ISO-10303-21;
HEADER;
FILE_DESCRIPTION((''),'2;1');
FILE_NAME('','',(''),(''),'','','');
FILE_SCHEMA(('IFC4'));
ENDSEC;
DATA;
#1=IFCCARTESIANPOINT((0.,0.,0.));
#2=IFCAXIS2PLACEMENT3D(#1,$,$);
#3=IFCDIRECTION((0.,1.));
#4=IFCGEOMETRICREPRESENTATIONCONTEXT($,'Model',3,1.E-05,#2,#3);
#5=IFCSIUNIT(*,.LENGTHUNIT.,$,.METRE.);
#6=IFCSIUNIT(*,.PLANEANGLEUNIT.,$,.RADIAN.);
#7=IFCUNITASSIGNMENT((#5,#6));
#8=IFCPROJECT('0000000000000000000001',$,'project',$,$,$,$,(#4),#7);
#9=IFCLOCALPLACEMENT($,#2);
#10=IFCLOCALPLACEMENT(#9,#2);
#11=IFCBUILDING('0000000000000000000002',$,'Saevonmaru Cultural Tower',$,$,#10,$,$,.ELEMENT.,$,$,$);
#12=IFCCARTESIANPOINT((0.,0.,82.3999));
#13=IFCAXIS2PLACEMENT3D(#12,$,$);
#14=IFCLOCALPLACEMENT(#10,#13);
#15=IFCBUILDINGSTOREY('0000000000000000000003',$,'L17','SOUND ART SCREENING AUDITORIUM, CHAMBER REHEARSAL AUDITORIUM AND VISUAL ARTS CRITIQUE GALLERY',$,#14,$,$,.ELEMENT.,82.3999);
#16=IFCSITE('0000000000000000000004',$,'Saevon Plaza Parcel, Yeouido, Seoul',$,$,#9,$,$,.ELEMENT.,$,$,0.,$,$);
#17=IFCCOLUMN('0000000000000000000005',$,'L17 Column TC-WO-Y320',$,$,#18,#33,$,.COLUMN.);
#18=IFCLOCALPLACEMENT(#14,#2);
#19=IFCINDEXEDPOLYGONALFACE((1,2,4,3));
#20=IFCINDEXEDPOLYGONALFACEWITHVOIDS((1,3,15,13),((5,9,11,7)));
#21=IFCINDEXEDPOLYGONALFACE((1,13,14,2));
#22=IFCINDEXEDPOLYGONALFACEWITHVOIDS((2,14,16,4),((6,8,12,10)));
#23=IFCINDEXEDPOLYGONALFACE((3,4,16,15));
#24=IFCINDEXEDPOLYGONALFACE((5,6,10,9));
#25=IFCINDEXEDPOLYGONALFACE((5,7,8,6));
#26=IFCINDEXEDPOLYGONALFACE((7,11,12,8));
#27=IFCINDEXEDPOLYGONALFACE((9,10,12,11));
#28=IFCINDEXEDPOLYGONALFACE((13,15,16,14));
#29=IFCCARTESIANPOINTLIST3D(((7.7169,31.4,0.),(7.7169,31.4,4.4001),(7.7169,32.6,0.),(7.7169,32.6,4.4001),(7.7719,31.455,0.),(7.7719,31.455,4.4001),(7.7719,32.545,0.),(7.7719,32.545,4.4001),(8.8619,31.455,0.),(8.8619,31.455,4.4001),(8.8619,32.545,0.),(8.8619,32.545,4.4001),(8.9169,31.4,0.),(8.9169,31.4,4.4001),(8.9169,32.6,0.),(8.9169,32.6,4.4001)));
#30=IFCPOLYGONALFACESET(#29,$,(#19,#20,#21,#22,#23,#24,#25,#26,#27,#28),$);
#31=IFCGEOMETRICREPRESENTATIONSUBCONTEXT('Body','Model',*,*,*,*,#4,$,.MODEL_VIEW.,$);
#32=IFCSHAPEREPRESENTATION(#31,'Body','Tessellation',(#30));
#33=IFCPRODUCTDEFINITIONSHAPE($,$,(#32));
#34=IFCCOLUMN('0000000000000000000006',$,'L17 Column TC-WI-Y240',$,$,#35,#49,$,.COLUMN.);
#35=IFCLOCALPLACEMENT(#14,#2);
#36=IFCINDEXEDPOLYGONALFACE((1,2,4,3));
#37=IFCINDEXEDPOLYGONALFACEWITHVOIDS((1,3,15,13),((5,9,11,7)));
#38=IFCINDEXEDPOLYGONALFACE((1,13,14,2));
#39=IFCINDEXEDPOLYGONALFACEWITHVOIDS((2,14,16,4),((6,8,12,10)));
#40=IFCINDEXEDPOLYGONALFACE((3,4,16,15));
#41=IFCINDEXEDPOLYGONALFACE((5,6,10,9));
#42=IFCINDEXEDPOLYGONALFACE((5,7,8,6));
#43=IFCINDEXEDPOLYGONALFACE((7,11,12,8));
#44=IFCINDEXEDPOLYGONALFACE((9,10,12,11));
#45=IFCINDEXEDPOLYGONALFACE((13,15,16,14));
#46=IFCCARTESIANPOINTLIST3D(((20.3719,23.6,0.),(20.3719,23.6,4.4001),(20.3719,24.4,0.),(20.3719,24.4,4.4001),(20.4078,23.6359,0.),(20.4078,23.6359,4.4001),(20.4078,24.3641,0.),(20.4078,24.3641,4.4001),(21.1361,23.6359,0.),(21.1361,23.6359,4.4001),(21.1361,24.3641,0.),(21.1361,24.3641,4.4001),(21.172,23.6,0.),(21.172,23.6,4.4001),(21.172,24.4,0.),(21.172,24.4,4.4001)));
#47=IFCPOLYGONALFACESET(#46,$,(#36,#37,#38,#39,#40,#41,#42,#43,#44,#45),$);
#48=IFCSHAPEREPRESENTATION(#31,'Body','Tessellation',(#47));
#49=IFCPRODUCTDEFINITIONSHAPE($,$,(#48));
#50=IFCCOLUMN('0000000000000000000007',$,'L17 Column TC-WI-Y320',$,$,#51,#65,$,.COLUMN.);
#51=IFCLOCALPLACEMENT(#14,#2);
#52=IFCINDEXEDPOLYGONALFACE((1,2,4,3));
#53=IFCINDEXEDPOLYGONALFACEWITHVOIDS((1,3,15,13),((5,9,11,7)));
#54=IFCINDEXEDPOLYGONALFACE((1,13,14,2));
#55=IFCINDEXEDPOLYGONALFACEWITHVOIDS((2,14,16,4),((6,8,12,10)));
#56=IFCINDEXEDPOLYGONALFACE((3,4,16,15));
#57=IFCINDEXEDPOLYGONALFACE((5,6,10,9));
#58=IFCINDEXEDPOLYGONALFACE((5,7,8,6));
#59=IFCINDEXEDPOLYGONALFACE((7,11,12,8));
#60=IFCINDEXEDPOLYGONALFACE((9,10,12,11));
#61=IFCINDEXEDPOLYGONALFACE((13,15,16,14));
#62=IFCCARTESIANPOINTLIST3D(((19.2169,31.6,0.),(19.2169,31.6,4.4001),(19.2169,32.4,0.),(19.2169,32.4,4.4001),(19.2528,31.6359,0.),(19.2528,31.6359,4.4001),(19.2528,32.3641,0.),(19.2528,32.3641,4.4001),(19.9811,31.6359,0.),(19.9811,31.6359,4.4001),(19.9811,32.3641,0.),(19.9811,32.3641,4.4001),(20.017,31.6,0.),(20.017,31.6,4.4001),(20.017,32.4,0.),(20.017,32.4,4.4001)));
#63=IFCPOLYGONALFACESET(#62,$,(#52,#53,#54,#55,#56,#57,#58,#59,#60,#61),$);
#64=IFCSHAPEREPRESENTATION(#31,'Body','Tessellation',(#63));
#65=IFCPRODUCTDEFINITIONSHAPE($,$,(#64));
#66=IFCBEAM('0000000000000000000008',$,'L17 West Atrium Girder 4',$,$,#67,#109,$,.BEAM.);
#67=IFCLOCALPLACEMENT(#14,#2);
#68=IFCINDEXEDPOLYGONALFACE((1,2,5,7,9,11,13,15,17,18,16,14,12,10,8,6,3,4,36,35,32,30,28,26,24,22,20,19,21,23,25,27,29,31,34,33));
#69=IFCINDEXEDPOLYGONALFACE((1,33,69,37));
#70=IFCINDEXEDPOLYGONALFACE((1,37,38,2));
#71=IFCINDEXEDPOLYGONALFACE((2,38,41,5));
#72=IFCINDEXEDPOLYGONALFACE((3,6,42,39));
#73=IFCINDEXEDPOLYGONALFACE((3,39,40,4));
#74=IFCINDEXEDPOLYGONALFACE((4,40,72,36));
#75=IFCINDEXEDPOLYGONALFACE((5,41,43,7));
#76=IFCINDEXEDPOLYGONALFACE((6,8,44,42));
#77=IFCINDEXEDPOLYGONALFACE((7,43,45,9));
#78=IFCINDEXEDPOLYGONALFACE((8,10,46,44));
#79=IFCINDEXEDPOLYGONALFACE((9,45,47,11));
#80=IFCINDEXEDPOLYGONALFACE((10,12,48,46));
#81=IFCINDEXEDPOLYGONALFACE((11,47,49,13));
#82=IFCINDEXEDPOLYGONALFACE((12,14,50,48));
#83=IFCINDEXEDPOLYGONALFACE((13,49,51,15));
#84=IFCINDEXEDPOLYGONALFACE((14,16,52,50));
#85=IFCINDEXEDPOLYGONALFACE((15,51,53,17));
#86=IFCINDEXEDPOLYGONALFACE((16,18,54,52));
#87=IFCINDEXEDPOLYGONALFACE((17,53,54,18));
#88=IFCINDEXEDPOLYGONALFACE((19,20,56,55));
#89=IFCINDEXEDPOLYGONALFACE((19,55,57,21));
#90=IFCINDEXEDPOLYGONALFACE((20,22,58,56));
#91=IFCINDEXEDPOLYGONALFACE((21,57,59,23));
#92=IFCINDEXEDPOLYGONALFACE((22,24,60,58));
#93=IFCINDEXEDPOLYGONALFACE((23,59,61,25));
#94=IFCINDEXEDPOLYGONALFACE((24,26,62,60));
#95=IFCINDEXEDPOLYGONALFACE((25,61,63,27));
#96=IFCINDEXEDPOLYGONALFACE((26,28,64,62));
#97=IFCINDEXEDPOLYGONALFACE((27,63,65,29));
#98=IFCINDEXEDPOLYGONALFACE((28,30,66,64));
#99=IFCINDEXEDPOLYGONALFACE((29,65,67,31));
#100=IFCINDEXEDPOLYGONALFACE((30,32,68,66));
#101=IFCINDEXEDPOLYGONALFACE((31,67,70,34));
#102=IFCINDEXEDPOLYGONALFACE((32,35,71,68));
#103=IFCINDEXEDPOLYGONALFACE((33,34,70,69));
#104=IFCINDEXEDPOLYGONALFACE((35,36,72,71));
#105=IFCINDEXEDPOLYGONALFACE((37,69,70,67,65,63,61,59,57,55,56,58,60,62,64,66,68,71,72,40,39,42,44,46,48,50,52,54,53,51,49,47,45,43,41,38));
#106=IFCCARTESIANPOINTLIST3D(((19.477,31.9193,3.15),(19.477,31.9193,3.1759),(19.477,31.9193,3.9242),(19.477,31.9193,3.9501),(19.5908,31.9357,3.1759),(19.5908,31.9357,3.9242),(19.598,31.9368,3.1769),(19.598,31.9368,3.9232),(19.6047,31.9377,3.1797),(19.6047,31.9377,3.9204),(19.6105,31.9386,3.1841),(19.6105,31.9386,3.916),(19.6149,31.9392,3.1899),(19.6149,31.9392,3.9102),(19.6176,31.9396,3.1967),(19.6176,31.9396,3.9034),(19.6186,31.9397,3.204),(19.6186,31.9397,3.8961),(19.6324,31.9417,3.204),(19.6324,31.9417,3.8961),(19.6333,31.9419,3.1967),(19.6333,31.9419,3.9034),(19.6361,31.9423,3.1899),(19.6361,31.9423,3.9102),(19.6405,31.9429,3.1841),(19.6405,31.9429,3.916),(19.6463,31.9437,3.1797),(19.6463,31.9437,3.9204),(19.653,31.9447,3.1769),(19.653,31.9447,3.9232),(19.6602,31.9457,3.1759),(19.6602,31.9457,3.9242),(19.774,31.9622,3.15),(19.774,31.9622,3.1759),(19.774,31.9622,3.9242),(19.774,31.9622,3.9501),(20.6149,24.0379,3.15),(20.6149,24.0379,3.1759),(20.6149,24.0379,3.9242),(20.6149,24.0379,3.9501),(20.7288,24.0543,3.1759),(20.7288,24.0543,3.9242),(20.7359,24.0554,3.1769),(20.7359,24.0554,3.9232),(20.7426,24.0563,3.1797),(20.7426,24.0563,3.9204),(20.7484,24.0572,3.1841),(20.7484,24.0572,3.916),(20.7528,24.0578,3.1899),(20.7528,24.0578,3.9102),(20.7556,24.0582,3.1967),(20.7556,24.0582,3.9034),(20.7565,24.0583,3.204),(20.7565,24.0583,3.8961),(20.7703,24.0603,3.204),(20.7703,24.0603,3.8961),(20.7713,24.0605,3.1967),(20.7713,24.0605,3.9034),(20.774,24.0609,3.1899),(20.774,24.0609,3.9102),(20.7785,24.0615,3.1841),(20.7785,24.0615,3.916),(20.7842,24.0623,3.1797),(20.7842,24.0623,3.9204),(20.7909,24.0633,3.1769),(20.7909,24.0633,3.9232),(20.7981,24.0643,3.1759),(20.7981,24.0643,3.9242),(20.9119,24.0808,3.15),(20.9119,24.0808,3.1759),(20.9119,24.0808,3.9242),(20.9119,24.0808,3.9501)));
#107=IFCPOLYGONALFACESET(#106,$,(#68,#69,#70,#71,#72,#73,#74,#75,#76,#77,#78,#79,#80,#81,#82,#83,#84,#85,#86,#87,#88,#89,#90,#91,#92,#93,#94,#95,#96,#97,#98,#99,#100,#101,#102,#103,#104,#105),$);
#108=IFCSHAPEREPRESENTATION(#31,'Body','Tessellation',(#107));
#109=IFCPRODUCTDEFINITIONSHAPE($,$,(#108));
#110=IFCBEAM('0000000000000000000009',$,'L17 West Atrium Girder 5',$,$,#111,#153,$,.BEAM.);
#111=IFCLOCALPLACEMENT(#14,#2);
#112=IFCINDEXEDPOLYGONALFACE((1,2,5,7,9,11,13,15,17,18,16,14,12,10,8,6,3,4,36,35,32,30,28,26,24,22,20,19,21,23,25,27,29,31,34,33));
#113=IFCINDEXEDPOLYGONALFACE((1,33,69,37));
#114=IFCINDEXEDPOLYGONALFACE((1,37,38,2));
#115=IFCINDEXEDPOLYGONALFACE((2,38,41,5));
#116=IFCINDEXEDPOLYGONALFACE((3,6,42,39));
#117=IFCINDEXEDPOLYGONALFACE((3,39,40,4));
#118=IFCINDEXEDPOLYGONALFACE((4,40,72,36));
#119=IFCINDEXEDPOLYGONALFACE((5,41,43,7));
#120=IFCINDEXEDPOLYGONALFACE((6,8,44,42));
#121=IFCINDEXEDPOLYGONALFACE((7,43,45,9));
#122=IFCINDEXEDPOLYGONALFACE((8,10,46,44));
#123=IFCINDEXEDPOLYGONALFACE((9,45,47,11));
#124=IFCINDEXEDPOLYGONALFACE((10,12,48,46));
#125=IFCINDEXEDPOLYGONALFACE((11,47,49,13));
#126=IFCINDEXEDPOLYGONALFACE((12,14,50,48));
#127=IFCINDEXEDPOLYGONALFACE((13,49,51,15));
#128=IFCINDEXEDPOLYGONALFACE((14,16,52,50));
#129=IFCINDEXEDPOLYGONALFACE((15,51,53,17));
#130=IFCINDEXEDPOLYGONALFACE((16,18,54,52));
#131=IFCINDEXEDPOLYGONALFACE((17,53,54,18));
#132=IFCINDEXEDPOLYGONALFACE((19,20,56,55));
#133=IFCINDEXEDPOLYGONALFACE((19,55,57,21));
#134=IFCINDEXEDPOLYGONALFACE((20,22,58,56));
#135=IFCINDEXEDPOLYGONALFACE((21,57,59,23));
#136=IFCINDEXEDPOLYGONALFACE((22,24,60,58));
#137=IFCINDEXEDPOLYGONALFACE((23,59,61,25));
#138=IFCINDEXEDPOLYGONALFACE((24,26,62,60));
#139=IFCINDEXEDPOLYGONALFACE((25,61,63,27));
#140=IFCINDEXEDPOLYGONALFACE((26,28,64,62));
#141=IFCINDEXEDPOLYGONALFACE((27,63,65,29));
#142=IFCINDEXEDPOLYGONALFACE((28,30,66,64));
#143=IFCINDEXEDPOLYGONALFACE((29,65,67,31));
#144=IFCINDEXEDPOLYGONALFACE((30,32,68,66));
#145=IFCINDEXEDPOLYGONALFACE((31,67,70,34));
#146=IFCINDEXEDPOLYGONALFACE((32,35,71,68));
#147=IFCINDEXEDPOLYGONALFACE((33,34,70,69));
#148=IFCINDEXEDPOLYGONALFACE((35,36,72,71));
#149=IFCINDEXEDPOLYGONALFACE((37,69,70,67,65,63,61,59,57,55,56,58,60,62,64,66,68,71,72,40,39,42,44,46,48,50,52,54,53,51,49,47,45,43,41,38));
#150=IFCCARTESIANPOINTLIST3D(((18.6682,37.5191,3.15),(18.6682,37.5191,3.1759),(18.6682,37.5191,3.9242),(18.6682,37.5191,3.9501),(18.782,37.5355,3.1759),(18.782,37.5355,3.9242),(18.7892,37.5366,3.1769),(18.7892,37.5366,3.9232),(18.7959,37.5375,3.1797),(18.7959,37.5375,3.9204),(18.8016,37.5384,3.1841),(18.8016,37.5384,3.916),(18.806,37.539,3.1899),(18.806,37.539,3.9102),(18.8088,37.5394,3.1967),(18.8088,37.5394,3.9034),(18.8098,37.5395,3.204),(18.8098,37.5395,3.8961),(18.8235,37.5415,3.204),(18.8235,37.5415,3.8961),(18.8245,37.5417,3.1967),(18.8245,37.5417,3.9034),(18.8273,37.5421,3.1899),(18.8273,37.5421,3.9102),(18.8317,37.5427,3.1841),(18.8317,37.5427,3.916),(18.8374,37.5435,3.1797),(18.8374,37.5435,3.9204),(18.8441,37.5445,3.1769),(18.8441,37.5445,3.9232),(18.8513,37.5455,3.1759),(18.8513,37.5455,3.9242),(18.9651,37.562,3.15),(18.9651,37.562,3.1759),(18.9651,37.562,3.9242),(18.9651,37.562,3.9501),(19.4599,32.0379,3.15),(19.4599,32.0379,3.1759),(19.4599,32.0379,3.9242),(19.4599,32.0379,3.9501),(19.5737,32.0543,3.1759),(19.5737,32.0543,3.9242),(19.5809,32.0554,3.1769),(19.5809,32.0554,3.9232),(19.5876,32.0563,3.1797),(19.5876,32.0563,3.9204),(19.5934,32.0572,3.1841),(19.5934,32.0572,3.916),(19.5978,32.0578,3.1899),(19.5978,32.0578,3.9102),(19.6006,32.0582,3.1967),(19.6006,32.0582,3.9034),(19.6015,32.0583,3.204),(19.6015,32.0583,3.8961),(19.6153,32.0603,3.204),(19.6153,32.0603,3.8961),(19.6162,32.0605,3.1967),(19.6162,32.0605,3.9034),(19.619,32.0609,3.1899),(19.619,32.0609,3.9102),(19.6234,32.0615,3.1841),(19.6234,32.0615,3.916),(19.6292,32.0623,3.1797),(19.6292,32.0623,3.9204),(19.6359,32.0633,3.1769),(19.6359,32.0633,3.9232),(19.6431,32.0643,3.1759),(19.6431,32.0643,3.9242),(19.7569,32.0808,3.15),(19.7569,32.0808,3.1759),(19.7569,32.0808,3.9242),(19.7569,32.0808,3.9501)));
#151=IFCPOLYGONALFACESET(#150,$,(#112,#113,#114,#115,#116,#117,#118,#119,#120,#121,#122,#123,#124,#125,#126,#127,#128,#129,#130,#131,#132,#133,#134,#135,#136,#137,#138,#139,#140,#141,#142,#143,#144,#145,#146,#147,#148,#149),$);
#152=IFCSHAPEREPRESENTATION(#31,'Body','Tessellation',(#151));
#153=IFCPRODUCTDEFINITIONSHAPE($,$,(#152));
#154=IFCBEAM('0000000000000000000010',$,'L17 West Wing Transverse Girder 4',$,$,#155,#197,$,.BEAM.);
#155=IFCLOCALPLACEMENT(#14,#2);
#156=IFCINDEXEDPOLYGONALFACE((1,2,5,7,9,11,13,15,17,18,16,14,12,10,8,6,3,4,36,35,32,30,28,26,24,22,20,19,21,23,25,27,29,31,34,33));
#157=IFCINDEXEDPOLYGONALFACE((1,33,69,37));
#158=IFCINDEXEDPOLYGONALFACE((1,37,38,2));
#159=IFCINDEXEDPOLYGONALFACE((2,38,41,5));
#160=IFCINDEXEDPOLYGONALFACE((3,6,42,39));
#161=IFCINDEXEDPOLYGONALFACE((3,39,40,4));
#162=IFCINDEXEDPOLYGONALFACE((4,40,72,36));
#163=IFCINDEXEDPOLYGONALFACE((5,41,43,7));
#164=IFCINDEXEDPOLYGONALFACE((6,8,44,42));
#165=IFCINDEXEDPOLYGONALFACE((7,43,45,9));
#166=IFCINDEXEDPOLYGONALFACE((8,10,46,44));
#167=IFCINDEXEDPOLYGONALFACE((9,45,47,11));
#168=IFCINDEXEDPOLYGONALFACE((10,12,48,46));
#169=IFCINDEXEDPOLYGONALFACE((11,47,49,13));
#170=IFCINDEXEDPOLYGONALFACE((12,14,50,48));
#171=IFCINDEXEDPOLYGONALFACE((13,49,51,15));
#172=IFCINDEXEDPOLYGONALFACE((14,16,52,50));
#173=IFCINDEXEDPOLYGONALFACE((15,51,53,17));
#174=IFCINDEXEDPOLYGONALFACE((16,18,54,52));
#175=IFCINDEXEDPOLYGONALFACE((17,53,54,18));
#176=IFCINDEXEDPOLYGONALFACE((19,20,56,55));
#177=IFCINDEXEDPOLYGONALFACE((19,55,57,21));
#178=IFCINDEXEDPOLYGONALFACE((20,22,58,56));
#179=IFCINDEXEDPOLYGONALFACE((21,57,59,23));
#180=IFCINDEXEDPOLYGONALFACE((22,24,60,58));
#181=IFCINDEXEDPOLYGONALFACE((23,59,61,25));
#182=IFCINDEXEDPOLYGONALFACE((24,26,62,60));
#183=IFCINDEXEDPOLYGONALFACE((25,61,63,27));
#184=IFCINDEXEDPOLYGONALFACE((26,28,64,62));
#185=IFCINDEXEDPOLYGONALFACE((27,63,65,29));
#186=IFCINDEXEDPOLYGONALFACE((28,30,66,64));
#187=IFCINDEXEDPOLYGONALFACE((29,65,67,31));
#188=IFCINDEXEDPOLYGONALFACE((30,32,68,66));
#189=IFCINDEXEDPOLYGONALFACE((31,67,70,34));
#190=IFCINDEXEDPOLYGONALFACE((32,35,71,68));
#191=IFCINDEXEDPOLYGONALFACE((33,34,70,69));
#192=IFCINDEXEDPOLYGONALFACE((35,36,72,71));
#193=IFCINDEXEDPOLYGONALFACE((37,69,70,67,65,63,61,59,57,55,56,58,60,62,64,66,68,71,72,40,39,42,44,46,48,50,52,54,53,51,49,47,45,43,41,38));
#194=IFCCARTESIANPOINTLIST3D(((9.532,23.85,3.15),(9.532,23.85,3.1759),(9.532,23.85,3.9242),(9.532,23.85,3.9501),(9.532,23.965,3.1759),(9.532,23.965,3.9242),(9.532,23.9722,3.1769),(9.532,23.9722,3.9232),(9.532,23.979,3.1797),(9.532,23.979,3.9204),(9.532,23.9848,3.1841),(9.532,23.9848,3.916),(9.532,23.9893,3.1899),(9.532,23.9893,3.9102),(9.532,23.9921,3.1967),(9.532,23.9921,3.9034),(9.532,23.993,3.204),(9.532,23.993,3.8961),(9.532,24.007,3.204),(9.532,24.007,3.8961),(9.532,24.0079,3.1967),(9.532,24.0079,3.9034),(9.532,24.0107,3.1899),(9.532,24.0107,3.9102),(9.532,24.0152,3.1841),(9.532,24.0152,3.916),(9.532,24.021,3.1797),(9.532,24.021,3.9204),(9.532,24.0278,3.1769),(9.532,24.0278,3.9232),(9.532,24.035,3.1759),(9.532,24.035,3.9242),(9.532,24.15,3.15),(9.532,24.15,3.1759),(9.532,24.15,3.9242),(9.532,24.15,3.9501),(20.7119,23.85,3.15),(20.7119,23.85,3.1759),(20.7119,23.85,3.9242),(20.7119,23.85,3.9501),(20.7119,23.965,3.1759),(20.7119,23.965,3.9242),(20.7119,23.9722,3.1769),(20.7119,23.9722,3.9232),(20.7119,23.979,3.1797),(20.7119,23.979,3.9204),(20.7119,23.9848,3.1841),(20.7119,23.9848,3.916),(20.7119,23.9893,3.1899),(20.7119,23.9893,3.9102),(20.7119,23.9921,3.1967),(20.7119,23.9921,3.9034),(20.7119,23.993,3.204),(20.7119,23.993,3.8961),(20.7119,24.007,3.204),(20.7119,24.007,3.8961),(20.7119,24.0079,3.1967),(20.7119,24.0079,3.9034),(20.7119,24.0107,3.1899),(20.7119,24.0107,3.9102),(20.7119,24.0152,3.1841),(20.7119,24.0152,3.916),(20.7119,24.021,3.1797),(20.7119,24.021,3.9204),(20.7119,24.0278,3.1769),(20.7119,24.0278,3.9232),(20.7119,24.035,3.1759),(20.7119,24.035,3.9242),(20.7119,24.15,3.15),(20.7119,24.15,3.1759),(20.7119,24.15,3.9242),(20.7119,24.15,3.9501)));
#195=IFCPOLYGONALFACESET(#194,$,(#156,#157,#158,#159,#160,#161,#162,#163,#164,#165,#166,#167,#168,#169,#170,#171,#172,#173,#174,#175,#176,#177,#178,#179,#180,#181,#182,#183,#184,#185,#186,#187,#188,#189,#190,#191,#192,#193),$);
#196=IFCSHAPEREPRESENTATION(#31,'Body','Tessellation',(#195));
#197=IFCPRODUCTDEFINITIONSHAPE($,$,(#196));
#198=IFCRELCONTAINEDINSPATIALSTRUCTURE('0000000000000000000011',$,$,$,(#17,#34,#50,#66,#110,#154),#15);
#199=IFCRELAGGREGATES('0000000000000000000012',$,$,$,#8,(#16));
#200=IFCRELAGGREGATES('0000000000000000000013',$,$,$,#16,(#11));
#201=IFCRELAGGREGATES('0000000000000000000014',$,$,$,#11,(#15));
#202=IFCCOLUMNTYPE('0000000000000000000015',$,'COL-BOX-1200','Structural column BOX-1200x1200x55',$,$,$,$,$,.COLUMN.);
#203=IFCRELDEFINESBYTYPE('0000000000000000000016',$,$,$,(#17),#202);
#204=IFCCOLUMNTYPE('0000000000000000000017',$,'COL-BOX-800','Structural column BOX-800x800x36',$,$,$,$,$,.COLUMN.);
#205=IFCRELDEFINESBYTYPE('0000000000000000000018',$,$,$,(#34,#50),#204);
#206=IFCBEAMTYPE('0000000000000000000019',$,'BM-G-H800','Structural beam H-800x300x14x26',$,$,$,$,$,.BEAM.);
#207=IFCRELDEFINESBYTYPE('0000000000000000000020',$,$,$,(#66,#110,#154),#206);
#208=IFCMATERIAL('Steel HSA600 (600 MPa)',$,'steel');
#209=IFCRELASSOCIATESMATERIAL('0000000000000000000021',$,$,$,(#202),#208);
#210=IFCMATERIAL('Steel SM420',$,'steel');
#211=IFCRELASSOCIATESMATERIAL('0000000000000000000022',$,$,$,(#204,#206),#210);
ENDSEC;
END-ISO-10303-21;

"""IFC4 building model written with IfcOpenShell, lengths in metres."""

from ifc_helpers import new_model, si_unit, direction, frame, origin, origin_2d, place, context, subcontext, project, spatial, hollow_rectangle, i_section, extrude, material, material_profile, profile_set, type_object, element, save


model = new_model("IFC4")

# Units and contexts
model_context = context("Model", 3, precision=1e-05, world=origin(), true_north=direction((0.0, 1.0)))
body_context = subcontext(model_context, "Body", "Model", "MODEL_VIEW")
ifc_project = project(units=[si_unit("LENGTHUNIT", "METRE"), si_unit("PLANEANGLEUNIT", "RADIAN")], contexts=[model_context])

# Site, building, storey
site_placement = place(None, origin())
site = spatial("IfcSite", under=ifc_project, at=site_placement, Name="Saevon Plaza Parcel, Yeouido, Seoul", CompositionType="ELEMENT", RefElevation=0.0)
building_placement = place(site_placement, origin())
building = spatial("IfcBuilding", under=site, at=building_placement, Name="Saevonmaru Cultural Tower", CompositionType="ELEMENT")
storey_placement = place(building_placement, frame((0.0, 0.0, 82.3999)))
storey = spatial("IfcBuildingStorey", under=building, at=storey_placement, Name="L17", Description="SOUND ART SCREENING AUDITORIUM, CHAMBER REHEARSAL AUDITORIUM AND VISUAL ARTS CRITIQUE GALLERY", CompositionType="ELEMENT", Elevation=82.3999)

# Columns
ifc_material_1 = material(Name="Steel HSA600 (600 MPa)", Category="steel")
ifc_material_profile_1 = material_profile(ifc_material_1, hollow_rectangle(XDim=1.2, YDim=1.2, WallThickness=0.0549, at=origin_2d()), Name="BOX-1200x1200x55")
ifc_profile_set_1 = profile_set([ifc_material_profile_1], Name="Steel HSA600 (600 MPa)")
column_type_1 = type_object("IfcColumnType", Name="COL-BOX-1200", Description="Structural column BOX-1200x1200x55", PredefinedType="COLUMN", material=ifc_profile_set_1)
column_placement = place(storey_placement, frame((8.3169, 32.0, 0.0), z_axis=(0.0, 0.0, 1.0), x_axis=(1.0, 0.0, 0.0)))
element("IfcColumn", 1, at=column_placement, inside=storey, type_object=column_type_1, Name="L17 Column TC-WO-Y320", PredefinedType="COLUMN", context=body_context, shape_type="SweptSolid", body=[
    extrude(hollow_rectangle(XDim=1.2, YDim=1.2, WallThickness=0.0549, at=origin_2d()), origin(), (0.0, 0.0, 1.0), 4.4001),
])
ifc_material_2 = material(Name="Steel SM420", Category="steel")
ifc_material_profile_2 = material_profile(ifc_material_2, hollow_rectangle(XDim=0.8, YDim=0.8, WallThickness=0.0359, at=origin_2d()), Name="BOX-800x800x36")
ifc_profile_set_2 = profile_set([ifc_material_profile_2], Name="Steel SM420")
column_type_2 = type_object("IfcColumnType", Name="COL-BOX-800", Description="Structural column BOX-800x800x36", PredefinedType="COLUMN", material=ifc_profile_set_2)
for number, where, z_axis, x_axis, name in (
    (2, (20.772, 24.0, 0.0), (0.0, 0.0, 1.0), (1.0, 0.0, 0.0), "L17 Column TC-WI-Y240"),
    (3, (19.6169, 32.0, 0.0), (0.0, 0.0, 1.0), (1.0, 0.0, 0.0), "L17 Column TC-WI-Y320"),
):
    element("IfcColumn", number, at=place(storey_placement, frame(where, z_axis=z_axis, x_axis=x_axis)), inside=storey, type_object=column_type_2, Name=name, PredefinedType="COLUMN", context=body_context, shape_type="SweptSolid", body=[
        extrude(hollow_rectangle(XDim=0.8, YDim=0.8, WallThickness=0.0359, at=origin_2d()), origin(), (0.0, 0.0, 1.0), 4.4001),
    ])

# Beams
ifc_material_profile_3 = material_profile(ifc_material_2, i_section(OverallWidth=0.3, OverallDepth=0.8, WebThickness=0.0139, FlangeThickness=0.0259, FilletRadius=0.0281, at=origin_2d()), Name="H-800x300x14x26")
ifc_profile_set_3 = profile_set([ifc_material_profile_3], Name="Steel SM420")
beam_type_1 = type_object("IfcBeamType", Name="BM-G-H800", Description="Structural beam H-800x300x14x26", PredefinedType="BEAM", material=ifc_profile_set_3)
beam_1_placement = place(storey_placement, frame((20.7634, 24.0593, 3.55), z_axis=(-0.142902, 0.989737, 0.0), x_axis=(-0.989737, -0.142902, 0.0)))
element("IfcBeam", 4, at=beam_1_placement, inside=storey, type_object=beam_type_1, Name="L17 West Atrium Girder 4", PredefinedType="BEAM", context=body_context, shape_type="SweptSolid", body=[
    extrude(i_section(OverallWidth=0.3, OverallDepth=0.8, WebThickness=0.0139, FlangeThickness=0.0259, FilletRadius=0.0281, at=origin_2d()), origin(), (0.0, 0.0, 1.0), 7.9631),
])
beam_2_placement = place(storey_placement, frame((19.6084, 32.0593, 3.55), z_axis=(-0.142964, 0.989728, 0.0), x_axis=(-0.989728, -0.142964, 0.0)))
element("IfcBeam", 5, at=beam_2_placement, inside=storey, type_object=beam_type_1, Name="L17 West Atrium Girder 5", PredefinedType="BEAM", context=body_context, shape_type="SweptSolid", body=[
    extrude(i_section(OverallWidth=0.3, OverallDepth=0.8, WebThickness=0.0139, FlangeThickness=0.0259, FilletRadius=0.0281, at=origin_2d()), origin(), (0.0, 0.0, 1.0), 5.5381),
])
for number, where, z_axis, x_axis, name in (
    (6, (9.532, 24.0, 3.55), (1.0, 0.0, 0.0), (0.0, 1.0, 0.0), "L17 West Wing Transverse Girder 4"),
):
    element("IfcBeam", number, at=place(storey_placement, frame(where, z_axis=z_axis, x_axis=x_axis)), inside=storey, type_object=beam_type_1, Name=name, PredefinedType="BEAM", context=body_context, shape_type="SweptSolid", body=[
        extrude(i_section(OverallWidth=0.3, OverallDepth=0.8, WebThickness=0.0139, FlangeThickness=0.0259, FilletRadius=0.0281, at=origin_2d()), origin(), (0.0, 0.0, 1.0), 11.1799),
    ])

save(model, "model.ifc")
